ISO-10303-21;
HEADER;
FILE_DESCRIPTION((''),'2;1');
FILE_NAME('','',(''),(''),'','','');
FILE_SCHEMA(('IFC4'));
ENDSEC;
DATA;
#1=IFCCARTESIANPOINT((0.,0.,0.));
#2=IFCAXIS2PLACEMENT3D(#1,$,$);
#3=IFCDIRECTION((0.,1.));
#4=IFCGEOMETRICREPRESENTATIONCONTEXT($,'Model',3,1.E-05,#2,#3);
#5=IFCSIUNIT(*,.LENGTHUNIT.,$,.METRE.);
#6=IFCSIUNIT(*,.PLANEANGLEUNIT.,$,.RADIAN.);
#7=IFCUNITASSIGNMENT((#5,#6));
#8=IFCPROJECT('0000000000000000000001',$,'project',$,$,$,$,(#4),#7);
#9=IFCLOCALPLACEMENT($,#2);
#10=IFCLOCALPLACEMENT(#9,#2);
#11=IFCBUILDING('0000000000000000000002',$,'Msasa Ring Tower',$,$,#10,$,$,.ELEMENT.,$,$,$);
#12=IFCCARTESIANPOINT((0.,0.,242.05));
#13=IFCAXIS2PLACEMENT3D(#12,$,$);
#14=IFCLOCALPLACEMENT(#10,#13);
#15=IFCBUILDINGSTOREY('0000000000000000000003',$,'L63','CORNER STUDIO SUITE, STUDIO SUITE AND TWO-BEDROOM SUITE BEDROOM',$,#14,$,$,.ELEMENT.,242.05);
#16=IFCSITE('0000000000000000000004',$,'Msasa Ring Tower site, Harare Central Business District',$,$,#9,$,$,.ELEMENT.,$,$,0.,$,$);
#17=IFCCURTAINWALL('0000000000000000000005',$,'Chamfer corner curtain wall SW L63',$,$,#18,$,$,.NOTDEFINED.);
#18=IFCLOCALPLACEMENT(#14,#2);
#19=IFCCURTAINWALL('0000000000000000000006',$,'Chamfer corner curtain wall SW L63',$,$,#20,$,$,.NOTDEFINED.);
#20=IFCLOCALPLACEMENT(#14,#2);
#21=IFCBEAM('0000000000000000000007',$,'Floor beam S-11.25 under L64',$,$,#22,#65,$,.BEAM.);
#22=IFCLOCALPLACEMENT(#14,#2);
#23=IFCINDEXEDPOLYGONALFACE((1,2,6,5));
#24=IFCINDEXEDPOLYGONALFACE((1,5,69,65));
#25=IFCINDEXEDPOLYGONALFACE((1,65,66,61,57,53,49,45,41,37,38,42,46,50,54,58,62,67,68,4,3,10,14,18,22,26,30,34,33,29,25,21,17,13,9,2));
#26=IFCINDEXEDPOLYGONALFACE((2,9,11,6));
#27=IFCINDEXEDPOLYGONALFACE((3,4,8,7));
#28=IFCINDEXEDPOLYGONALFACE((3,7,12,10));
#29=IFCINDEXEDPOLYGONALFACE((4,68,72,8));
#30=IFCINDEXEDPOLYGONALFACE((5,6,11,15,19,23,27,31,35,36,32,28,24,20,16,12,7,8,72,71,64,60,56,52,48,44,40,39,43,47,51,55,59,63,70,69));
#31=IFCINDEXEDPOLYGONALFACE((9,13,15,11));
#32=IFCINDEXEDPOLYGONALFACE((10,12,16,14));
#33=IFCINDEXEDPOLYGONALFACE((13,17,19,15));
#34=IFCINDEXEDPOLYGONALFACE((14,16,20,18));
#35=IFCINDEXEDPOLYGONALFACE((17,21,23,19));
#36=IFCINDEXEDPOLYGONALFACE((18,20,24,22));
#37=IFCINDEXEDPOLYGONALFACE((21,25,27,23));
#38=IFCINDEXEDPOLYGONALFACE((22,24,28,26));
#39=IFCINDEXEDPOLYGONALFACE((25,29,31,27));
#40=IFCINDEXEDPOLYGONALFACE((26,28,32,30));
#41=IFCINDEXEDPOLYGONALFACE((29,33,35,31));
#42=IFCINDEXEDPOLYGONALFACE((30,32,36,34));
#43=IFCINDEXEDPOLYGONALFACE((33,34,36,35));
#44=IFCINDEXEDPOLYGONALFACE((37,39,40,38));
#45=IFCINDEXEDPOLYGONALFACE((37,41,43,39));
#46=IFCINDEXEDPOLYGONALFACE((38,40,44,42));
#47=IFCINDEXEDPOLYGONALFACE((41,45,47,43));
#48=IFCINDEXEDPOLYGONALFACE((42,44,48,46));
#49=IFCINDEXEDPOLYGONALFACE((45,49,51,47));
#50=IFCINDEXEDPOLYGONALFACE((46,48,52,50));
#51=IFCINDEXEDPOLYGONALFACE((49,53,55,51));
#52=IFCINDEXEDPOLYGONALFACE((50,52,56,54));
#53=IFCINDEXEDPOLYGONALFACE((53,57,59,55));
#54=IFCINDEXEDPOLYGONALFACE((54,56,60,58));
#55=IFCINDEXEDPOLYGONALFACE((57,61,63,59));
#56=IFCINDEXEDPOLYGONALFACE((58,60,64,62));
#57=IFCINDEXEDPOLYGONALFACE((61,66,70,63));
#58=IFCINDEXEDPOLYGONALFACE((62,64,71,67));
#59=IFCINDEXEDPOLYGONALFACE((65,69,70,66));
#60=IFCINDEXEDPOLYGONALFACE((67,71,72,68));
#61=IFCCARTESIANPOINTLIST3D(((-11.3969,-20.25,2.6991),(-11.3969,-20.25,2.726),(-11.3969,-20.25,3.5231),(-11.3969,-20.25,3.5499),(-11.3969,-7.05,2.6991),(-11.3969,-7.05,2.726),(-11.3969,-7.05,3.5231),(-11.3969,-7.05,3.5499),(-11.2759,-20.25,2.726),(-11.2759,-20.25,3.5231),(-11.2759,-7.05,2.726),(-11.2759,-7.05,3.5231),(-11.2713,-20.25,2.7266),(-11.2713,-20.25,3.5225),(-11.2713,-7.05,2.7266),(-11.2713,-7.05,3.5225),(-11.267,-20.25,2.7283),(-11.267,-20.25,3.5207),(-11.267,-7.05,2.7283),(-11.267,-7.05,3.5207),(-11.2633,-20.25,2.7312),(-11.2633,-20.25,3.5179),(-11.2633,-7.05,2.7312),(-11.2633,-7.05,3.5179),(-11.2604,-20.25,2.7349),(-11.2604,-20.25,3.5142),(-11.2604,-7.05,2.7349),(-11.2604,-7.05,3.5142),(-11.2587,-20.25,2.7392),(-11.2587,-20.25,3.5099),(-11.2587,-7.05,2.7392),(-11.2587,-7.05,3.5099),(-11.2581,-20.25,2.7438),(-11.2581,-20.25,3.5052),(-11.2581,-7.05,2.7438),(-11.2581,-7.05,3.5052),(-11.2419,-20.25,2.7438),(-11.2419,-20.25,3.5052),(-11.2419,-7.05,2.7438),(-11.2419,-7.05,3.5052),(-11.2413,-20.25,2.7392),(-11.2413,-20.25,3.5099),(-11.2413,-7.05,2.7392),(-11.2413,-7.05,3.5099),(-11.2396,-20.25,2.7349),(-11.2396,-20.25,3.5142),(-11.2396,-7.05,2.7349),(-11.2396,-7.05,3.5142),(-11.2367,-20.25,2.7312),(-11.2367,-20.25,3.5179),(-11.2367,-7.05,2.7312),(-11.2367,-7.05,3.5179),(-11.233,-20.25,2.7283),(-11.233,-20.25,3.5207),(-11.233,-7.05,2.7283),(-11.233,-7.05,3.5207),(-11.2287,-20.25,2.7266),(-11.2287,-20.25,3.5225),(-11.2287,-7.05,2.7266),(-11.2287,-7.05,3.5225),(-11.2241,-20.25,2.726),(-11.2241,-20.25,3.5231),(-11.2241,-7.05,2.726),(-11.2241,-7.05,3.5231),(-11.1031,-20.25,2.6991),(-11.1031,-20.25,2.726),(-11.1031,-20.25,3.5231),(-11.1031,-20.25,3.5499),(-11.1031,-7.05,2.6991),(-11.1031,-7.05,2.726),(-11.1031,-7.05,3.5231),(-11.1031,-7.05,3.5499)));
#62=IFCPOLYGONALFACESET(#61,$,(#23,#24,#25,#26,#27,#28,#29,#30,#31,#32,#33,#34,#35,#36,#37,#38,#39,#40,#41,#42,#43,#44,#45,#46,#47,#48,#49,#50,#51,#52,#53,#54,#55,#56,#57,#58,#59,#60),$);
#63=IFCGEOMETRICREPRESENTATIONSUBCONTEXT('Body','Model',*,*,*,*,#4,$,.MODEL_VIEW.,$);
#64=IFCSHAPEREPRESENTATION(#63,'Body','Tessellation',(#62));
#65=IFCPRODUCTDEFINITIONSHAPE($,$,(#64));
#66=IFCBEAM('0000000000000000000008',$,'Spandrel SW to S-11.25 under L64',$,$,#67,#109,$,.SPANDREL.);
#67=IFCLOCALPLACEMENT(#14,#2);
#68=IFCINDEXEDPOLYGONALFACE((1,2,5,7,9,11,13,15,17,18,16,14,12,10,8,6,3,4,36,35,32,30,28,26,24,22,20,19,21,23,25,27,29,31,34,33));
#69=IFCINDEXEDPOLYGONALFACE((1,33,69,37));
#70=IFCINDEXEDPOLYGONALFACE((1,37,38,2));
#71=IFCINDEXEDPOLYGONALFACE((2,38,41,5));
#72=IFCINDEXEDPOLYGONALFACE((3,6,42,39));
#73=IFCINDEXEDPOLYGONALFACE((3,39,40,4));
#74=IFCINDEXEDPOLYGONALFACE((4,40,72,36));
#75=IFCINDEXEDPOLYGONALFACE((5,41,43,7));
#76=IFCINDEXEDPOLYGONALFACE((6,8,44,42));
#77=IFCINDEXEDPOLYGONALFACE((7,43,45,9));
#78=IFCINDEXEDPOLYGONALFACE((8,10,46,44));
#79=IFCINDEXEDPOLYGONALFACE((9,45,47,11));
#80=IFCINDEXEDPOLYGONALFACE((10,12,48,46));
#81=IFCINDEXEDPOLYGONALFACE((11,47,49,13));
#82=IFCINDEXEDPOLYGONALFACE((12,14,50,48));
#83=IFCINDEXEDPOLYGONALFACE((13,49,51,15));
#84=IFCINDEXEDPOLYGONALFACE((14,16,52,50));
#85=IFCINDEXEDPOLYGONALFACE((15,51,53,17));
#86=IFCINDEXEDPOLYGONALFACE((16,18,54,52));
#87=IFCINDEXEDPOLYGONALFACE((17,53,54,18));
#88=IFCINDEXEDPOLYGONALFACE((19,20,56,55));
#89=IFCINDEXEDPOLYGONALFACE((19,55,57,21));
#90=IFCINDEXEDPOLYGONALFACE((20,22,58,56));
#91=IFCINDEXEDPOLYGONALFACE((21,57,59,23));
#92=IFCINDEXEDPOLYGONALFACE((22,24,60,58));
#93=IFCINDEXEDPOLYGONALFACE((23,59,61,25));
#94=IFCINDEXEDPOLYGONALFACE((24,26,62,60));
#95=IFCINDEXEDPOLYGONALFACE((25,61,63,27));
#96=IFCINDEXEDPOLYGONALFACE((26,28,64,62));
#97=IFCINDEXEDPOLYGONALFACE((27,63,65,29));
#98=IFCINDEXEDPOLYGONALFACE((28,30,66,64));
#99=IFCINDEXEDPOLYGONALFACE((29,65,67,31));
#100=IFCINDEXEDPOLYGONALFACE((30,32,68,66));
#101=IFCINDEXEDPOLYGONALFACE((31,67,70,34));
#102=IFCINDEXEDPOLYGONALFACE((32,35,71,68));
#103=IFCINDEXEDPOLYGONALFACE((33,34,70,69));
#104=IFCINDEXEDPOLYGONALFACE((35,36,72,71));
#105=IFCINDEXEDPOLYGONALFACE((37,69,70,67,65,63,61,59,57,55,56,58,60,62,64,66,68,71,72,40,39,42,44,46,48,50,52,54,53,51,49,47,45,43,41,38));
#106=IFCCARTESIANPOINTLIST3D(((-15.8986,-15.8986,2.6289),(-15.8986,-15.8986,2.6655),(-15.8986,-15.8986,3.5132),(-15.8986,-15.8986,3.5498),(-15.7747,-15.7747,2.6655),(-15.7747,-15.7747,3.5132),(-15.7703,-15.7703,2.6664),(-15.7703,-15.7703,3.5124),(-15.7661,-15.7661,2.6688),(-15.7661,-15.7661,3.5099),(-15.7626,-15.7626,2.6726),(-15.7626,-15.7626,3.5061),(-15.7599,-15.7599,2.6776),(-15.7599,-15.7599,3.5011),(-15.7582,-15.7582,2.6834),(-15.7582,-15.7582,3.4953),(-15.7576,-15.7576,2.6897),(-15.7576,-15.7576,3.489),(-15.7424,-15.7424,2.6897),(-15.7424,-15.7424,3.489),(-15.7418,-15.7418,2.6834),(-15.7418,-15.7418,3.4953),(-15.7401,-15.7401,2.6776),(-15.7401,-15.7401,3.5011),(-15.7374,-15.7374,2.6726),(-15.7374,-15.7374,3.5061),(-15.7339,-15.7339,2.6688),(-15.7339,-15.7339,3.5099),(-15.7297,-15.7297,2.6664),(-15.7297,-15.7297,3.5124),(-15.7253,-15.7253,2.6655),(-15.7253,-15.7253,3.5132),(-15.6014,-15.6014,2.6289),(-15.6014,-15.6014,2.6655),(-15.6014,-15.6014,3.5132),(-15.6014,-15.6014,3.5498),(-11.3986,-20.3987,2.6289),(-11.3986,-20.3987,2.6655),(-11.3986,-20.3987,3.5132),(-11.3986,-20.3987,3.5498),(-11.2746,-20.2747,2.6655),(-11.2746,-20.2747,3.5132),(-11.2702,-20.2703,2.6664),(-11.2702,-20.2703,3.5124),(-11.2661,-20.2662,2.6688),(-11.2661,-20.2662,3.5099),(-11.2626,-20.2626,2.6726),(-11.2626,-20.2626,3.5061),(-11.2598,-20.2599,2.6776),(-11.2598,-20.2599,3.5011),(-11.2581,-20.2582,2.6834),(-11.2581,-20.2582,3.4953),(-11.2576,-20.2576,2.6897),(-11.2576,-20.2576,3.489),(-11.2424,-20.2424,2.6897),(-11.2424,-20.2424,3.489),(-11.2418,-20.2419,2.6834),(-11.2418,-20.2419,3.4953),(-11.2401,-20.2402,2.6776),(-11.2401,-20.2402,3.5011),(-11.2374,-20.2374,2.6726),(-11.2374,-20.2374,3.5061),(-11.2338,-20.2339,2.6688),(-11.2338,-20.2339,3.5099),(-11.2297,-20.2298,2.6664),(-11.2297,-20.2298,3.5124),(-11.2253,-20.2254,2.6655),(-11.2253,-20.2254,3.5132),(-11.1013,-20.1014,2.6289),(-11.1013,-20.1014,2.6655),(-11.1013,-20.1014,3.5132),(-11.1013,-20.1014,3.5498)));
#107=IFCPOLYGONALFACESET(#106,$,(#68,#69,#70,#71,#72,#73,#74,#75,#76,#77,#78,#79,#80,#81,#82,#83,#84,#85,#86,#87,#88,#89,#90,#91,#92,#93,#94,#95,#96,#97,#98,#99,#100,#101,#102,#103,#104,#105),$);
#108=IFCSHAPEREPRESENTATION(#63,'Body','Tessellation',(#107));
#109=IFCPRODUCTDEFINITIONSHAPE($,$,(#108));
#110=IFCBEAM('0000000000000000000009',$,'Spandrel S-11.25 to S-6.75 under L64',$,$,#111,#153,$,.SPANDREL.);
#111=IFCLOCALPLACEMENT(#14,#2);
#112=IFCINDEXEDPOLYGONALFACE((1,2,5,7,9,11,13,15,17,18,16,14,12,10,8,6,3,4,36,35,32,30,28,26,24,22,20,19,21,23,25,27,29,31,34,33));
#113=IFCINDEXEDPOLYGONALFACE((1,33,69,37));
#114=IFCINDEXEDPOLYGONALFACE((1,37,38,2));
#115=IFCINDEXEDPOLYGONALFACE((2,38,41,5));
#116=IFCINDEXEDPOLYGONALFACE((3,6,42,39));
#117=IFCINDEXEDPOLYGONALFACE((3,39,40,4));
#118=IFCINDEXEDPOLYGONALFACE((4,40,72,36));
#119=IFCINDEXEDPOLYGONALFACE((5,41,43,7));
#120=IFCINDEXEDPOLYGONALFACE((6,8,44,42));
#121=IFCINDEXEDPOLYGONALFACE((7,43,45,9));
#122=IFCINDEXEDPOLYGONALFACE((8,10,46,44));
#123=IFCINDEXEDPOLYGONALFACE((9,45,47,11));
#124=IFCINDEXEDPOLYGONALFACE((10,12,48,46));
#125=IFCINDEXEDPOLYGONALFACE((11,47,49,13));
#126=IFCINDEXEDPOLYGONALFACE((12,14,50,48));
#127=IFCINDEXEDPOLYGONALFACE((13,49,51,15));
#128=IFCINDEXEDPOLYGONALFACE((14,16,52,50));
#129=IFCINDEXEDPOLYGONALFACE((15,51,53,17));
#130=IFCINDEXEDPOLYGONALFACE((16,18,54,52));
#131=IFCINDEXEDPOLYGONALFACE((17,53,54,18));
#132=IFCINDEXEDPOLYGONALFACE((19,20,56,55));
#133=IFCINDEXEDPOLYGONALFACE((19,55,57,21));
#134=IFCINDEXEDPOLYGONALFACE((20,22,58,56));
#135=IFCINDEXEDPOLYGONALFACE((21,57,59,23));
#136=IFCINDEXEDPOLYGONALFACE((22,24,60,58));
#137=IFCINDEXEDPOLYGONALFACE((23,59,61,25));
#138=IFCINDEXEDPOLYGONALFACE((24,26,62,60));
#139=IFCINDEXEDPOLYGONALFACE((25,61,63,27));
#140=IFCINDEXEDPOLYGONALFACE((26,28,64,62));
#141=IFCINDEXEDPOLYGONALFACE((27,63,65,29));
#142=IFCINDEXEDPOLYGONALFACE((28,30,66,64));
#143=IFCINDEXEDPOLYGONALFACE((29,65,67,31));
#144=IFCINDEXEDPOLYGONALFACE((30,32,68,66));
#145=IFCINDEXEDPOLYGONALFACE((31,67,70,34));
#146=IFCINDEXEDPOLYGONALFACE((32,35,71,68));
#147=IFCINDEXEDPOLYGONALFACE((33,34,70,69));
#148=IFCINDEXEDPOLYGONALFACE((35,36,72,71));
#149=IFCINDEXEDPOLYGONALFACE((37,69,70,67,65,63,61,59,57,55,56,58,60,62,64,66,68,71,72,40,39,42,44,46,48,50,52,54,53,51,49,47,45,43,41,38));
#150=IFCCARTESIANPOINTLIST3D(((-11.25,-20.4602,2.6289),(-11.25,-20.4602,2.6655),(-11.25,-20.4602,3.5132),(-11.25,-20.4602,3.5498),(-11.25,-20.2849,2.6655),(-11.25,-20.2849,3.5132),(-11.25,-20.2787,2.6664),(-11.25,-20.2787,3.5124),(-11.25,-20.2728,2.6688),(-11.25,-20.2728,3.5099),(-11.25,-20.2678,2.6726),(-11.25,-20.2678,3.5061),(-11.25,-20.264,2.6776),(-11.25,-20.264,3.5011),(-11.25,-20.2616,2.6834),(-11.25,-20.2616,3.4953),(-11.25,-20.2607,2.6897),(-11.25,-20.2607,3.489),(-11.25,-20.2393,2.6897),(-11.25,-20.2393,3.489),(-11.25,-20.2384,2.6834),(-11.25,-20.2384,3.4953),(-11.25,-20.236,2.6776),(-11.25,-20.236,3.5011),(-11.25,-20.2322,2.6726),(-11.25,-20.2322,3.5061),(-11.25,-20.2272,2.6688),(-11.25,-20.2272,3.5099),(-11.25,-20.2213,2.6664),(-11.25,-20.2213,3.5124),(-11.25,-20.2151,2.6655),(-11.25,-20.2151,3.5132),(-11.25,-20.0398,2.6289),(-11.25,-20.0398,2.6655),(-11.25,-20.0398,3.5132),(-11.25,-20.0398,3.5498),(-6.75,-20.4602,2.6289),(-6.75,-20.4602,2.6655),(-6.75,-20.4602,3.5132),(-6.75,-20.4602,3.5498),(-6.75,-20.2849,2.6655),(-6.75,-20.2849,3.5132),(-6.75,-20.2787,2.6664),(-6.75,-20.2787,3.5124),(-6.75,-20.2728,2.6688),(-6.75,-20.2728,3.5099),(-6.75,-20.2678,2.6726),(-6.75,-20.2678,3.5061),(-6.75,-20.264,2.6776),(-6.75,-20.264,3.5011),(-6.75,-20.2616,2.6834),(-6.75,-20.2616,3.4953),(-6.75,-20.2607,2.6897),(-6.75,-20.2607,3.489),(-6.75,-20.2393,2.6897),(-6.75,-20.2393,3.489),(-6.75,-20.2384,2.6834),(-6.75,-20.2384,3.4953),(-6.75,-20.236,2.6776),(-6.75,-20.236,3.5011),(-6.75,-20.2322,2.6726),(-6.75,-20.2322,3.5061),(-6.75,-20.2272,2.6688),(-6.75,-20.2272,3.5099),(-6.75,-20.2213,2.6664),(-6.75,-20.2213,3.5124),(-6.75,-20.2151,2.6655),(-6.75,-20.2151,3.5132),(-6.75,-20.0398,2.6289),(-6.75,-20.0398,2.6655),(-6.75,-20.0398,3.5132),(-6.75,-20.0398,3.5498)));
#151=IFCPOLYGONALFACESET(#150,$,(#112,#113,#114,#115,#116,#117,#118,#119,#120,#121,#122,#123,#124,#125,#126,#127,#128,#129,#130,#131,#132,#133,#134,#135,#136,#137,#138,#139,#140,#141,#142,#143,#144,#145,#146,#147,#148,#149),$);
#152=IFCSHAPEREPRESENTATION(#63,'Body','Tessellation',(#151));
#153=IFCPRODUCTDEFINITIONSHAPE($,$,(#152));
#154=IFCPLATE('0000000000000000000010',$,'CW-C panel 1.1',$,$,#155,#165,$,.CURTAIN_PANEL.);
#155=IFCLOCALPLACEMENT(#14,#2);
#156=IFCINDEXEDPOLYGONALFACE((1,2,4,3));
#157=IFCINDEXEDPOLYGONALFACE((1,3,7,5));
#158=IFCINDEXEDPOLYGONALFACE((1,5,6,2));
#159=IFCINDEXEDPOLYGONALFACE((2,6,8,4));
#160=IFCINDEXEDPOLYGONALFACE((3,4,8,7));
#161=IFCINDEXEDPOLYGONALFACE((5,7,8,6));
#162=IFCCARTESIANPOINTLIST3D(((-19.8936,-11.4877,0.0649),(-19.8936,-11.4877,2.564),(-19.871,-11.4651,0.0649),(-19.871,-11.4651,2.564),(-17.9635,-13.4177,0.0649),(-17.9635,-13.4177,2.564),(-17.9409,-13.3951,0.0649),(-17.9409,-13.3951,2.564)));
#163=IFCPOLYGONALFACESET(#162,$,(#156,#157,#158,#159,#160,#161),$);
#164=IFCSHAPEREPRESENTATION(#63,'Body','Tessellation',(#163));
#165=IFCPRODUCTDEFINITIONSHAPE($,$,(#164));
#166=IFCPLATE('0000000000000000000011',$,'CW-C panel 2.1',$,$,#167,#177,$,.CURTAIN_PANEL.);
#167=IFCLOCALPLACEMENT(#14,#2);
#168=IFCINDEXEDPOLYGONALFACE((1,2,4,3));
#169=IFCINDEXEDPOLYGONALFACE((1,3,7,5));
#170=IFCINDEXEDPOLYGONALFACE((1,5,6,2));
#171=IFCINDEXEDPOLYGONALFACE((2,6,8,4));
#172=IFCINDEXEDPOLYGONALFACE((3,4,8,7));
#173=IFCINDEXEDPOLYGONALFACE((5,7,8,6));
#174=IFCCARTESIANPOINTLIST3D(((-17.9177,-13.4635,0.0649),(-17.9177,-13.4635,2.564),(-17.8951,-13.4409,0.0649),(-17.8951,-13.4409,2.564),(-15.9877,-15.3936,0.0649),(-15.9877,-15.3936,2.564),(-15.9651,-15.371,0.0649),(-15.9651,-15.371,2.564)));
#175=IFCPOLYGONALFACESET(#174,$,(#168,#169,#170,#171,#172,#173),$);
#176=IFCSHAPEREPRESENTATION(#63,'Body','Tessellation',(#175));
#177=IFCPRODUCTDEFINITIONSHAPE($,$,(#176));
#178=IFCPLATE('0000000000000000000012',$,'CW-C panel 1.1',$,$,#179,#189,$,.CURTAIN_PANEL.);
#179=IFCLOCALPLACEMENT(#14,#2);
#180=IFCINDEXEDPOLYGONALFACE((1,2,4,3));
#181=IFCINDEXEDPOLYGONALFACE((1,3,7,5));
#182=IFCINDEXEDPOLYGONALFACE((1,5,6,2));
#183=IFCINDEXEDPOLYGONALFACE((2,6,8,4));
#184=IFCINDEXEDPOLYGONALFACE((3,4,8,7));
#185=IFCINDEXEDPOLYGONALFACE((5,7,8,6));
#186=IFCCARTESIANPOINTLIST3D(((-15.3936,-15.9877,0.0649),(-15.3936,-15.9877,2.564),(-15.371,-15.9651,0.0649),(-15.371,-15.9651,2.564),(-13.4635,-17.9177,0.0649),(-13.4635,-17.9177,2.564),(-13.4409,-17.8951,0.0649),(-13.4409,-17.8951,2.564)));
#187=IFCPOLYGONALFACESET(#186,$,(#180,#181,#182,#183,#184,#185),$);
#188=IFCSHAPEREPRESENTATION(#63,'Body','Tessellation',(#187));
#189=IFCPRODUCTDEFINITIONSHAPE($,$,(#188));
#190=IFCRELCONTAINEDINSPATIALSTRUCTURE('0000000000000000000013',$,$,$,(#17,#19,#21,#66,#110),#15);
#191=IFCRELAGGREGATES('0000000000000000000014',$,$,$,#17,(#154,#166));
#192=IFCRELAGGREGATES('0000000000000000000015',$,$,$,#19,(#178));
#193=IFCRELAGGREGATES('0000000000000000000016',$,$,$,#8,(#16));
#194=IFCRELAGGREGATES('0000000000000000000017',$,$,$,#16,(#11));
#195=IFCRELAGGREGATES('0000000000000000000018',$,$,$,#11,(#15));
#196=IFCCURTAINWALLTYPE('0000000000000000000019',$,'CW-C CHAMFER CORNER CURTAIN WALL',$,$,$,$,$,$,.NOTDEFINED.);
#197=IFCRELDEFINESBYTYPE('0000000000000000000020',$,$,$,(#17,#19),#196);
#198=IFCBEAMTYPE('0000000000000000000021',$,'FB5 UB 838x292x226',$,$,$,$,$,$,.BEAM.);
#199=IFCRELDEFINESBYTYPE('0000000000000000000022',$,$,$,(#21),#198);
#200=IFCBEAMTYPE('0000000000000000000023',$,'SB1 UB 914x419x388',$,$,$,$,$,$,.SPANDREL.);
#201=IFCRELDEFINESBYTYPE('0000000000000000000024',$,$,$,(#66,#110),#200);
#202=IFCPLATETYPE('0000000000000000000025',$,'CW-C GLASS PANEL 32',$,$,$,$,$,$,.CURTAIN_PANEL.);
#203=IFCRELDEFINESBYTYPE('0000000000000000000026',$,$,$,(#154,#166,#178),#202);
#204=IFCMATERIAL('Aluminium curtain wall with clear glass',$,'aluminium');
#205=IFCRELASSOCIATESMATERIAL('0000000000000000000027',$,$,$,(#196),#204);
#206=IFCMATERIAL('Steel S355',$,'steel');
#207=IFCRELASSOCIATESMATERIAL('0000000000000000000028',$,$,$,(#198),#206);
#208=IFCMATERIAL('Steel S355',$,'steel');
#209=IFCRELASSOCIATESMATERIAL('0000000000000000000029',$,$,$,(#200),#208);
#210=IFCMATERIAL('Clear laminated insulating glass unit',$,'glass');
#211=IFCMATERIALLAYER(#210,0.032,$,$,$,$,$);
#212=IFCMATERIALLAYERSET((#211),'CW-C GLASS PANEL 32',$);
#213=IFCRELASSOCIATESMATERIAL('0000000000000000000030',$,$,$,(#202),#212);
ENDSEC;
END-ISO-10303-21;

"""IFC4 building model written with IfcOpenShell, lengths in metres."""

from ifc_helpers import new_model, si_unit, direction, frame, origin, origin_2d, place, context, subcontext, project, spatial, rectangle, i_section, extrude, material, layer, layer_set, material_profile, profile_set, type_object, element, aggregate, save


model = new_model("IFC4")

# Units and contexts
model_context = context("Model", 3, precision=1e-05, world=origin(), true_north=direction((0.0, 1.0)))
body_context = subcontext(model_context, "Body", "Model", "MODEL_VIEW")
ifc_project = project(units=[si_unit("LENGTHUNIT", "METRE"), si_unit("PLANEANGLEUNIT", "RADIAN")], contexts=[model_context])

# Site, building, storey
site_placement = place(None, origin())
site = spatial("IfcSite", under=ifc_project, at=site_placement, Name="Msasa Ring Tower site, Harare Central Business District", CompositionType="ELEMENT", RefElevation=0.0)
building_placement = place(site_placement, origin())
building = spatial("IfcBuilding", under=site, at=building_placement, Name="Msasa Ring Tower", CompositionType="ELEMENT")
storey_placement = place(building_placement, frame((0.0, 0.0, 242.05)))
storey = spatial("IfcBuildingStorey", under=building, at=storey_placement, Name="L63", Description="CORNER STUDIO SUITE, STUDIO SUITE AND TWO-BEDROOM SUITE BEDROOM", CompositionType="ELEMENT", Elevation=242.05)

# Curtain walls
ifc_material_1 = material(Name="Aluminium curtain wall with clear glass", Category="aluminium")
curtain_wall_type = type_object("IfcCurtainWallType", Name="CW-C CHAMFER CORNER CURTAIN WALL", PredefinedType="NOTDEFINED", material=ifc_material_1)
curtain_wall_1_placement = place(storey_placement, origin())
curtain_wall_1 = element("IfcCurtainWall", 1, at=curtain_wall_1_placement, inside=storey, type_object=curtain_wall_type, Name="Chamfer corner curtain wall SW L63", PredefinedType="NOTDEFINED")
curtain_wall_2_placement = place(storey_placement, origin())
curtain_wall_2 = element("IfcCurtainWall", 2, at=curtain_wall_2_placement, inside=storey, type_object=curtain_wall_type, Name="Chamfer corner curtain wall SW L63", PredefinedType="NOTDEFINED")

# Beams
ifc_material_2 = material(Name="Steel S355", Category="steel")
ifc_material_profile_1 = material_profile(ifc_material_2, i_section(OverallWidth=0.2937, OverallDepth=0.8508, WebThickness=0.0161, FlangeThickness=0.0269, FilletRadius=0.0178, at=origin_2d()), Name="UB 838x292x226")
ifc_profile_set_1 = profile_set([ifc_material_profile_1], Name="Steel S355")
beam_type_1 = type_object("IfcBeamType", Name="FB5 UB 838x292x226", PredefinedType="BEAM", material=ifc_profile_set_1)
beam_1_placement = place(storey_placement, frame((-11.25, -20.25, 3.1245), z_axis=(0.0, 1.0, 0.0), x_axis=(-1.0, 0.0, 0.0)))
element("IfcBeam", 3, at=beam_1_placement, inside=storey, type_object=beam_type_1, Name="Floor beam S-11.25 under L64", PredefinedType="BEAM", context=body_context, shape_type="SweptSolid", body=[
    extrude(i_section(OverallWidth=0.2937, OverallDepth=0.8508, WebThickness=0.0161, FlangeThickness=0.0269, FilletRadius=0.0178, at=origin_2d()), origin(), (0.0, 0.0, 1.0), 13.2),
])
ifc_material_3 = material(Name="Steel S355", Category="steel")
ifc_material_profile_2 = material_profile(ifc_material_3, i_section(OverallWidth=0.4204, OverallDepth=0.9209, WebThickness=0.0215, FlangeThickness=0.0366, FilletRadius=0.0242, at=origin_2d()), Name="UB 914x419x388")
ifc_profile_set_2 = profile_set([ifc_material_profile_2], Name="Steel S355")
beam_type_2 = type_object("IfcBeamType", Name="SB1 UB 914x419x388", PredefinedType="SPANDREL", material=ifc_profile_set_2)
beam_2_placement = place(storey_placement, frame((-15.75, -15.75, 3.0894), z_axis=(0.707107, -0.707107, 0.0), x_axis=(0.707107, 0.707107, 0.0)))
element("IfcBeam", 4, at=beam_2_placement, inside=storey, type_object=beam_type_2, Name="Spandrel SW to S-11.25 under L64", PredefinedType="SPANDREL", context=body_context, shape_type="SweptSolid", body=[
    extrude(i_section(OverallWidth=0.4204, OverallDepth=0.9209, WebThickness=0.0215, FlangeThickness=0.0366, FilletRadius=0.0242, at=origin_2d()), origin(), (0.0, 0.0, 1.0), 6.364),
])
beam_3_placement = place(storey_placement, frame((-11.25, -20.25, 3.0894), z_axis=(1.0, 0.0, 0.0), x_axis=(0.0, 1.0, 0.0)))
element("IfcBeam", 5, at=beam_3_placement, inside=storey, type_object=beam_type_2, Name="Spandrel S-11.25 to S-6.75 under L64", PredefinedType="SPANDREL", context=body_context, shape_type="SweptSolid", body=[
    extrude(i_section(OverallWidth=0.4204, OverallDepth=0.9209, WebThickness=0.0215, FlangeThickness=0.0366, FilletRadius=0.0242, at=origin_2d()), origin(), (0.0, 0.0, 1.0), 4.5),
])

# Plates
ifc_material_4 = material(Name="Clear laminated insulating glass unit", Category="glass")
ifc_layer_1 = layer(ifc_material_4, 0.032)
ifc_layer_set_1 = layer_set([ifc_layer_1], Name="CW-C GLASS PANEL 32")
plate_type = type_object("IfcPlateType", Name="CW-C GLASS PANEL 32", PredefinedType="CURTAIN_PANEL", material=ifc_layer_set_1)
plate_1_placement = place(storey_placement, frame((-18.9172, -12.4414, 0.0649), z_axis=(0.0, 0.0, 1.0), x_axis=(0.707107, -0.707107, 0.0)))
plate_1 = element("IfcPlate", 6, at=plate_1_placement, type_object=plate_type, Name="CW-C panel 1.1", PredefinedType="CURTAIN_PANEL", context=body_context, shape_type="SweptSolid", body=[
    extrude(rectangle(XDim=2.7295, YDim=0.032, at=origin_2d()), origin(), (0.0, 0.0, 1.0), 2.499),
])
plate_2_placement = place(storey_placement, frame((-16.9414, -14.4172, 0.0649), z_axis=(0.0, 0.0, 1.0), x_axis=(0.707107, -0.707107, 0.0)))
plate_2 = element("IfcPlate", 7, at=plate_2_placement, type_object=plate_type, Name="CW-C panel 2.1", PredefinedType="CURTAIN_PANEL", context=body_context, shape_type="SweptSolid", body=[
    extrude(rectangle(XDim=2.7295, YDim=0.032, at=origin_2d()), origin(), (0.0, 0.0, 1.0), 2.499),
])
aggregate(curtain_wall_1, [plate_1, plate_2])
plate_3_placement = place(storey_placement, frame((-14.4172, -16.9414, 0.0649), z_axis=(0.0, 0.0, 1.0), x_axis=(0.707107, -0.707107, 0.0)))
plate_3 = element("IfcPlate", 8, at=plate_3_placement, type_object=plate_type, Name="CW-C panel 1.1", PredefinedType="CURTAIN_PANEL", context=body_context, shape_type="SweptSolid", body=[
    extrude(rectangle(XDim=2.7295, YDim=0.032, at=origin_2d()), origin(), (0.0, 0.0, 1.0), 2.499),
])
aggregate(curtain_wall_2, [plate_3])

save(model, "model.ifc")
